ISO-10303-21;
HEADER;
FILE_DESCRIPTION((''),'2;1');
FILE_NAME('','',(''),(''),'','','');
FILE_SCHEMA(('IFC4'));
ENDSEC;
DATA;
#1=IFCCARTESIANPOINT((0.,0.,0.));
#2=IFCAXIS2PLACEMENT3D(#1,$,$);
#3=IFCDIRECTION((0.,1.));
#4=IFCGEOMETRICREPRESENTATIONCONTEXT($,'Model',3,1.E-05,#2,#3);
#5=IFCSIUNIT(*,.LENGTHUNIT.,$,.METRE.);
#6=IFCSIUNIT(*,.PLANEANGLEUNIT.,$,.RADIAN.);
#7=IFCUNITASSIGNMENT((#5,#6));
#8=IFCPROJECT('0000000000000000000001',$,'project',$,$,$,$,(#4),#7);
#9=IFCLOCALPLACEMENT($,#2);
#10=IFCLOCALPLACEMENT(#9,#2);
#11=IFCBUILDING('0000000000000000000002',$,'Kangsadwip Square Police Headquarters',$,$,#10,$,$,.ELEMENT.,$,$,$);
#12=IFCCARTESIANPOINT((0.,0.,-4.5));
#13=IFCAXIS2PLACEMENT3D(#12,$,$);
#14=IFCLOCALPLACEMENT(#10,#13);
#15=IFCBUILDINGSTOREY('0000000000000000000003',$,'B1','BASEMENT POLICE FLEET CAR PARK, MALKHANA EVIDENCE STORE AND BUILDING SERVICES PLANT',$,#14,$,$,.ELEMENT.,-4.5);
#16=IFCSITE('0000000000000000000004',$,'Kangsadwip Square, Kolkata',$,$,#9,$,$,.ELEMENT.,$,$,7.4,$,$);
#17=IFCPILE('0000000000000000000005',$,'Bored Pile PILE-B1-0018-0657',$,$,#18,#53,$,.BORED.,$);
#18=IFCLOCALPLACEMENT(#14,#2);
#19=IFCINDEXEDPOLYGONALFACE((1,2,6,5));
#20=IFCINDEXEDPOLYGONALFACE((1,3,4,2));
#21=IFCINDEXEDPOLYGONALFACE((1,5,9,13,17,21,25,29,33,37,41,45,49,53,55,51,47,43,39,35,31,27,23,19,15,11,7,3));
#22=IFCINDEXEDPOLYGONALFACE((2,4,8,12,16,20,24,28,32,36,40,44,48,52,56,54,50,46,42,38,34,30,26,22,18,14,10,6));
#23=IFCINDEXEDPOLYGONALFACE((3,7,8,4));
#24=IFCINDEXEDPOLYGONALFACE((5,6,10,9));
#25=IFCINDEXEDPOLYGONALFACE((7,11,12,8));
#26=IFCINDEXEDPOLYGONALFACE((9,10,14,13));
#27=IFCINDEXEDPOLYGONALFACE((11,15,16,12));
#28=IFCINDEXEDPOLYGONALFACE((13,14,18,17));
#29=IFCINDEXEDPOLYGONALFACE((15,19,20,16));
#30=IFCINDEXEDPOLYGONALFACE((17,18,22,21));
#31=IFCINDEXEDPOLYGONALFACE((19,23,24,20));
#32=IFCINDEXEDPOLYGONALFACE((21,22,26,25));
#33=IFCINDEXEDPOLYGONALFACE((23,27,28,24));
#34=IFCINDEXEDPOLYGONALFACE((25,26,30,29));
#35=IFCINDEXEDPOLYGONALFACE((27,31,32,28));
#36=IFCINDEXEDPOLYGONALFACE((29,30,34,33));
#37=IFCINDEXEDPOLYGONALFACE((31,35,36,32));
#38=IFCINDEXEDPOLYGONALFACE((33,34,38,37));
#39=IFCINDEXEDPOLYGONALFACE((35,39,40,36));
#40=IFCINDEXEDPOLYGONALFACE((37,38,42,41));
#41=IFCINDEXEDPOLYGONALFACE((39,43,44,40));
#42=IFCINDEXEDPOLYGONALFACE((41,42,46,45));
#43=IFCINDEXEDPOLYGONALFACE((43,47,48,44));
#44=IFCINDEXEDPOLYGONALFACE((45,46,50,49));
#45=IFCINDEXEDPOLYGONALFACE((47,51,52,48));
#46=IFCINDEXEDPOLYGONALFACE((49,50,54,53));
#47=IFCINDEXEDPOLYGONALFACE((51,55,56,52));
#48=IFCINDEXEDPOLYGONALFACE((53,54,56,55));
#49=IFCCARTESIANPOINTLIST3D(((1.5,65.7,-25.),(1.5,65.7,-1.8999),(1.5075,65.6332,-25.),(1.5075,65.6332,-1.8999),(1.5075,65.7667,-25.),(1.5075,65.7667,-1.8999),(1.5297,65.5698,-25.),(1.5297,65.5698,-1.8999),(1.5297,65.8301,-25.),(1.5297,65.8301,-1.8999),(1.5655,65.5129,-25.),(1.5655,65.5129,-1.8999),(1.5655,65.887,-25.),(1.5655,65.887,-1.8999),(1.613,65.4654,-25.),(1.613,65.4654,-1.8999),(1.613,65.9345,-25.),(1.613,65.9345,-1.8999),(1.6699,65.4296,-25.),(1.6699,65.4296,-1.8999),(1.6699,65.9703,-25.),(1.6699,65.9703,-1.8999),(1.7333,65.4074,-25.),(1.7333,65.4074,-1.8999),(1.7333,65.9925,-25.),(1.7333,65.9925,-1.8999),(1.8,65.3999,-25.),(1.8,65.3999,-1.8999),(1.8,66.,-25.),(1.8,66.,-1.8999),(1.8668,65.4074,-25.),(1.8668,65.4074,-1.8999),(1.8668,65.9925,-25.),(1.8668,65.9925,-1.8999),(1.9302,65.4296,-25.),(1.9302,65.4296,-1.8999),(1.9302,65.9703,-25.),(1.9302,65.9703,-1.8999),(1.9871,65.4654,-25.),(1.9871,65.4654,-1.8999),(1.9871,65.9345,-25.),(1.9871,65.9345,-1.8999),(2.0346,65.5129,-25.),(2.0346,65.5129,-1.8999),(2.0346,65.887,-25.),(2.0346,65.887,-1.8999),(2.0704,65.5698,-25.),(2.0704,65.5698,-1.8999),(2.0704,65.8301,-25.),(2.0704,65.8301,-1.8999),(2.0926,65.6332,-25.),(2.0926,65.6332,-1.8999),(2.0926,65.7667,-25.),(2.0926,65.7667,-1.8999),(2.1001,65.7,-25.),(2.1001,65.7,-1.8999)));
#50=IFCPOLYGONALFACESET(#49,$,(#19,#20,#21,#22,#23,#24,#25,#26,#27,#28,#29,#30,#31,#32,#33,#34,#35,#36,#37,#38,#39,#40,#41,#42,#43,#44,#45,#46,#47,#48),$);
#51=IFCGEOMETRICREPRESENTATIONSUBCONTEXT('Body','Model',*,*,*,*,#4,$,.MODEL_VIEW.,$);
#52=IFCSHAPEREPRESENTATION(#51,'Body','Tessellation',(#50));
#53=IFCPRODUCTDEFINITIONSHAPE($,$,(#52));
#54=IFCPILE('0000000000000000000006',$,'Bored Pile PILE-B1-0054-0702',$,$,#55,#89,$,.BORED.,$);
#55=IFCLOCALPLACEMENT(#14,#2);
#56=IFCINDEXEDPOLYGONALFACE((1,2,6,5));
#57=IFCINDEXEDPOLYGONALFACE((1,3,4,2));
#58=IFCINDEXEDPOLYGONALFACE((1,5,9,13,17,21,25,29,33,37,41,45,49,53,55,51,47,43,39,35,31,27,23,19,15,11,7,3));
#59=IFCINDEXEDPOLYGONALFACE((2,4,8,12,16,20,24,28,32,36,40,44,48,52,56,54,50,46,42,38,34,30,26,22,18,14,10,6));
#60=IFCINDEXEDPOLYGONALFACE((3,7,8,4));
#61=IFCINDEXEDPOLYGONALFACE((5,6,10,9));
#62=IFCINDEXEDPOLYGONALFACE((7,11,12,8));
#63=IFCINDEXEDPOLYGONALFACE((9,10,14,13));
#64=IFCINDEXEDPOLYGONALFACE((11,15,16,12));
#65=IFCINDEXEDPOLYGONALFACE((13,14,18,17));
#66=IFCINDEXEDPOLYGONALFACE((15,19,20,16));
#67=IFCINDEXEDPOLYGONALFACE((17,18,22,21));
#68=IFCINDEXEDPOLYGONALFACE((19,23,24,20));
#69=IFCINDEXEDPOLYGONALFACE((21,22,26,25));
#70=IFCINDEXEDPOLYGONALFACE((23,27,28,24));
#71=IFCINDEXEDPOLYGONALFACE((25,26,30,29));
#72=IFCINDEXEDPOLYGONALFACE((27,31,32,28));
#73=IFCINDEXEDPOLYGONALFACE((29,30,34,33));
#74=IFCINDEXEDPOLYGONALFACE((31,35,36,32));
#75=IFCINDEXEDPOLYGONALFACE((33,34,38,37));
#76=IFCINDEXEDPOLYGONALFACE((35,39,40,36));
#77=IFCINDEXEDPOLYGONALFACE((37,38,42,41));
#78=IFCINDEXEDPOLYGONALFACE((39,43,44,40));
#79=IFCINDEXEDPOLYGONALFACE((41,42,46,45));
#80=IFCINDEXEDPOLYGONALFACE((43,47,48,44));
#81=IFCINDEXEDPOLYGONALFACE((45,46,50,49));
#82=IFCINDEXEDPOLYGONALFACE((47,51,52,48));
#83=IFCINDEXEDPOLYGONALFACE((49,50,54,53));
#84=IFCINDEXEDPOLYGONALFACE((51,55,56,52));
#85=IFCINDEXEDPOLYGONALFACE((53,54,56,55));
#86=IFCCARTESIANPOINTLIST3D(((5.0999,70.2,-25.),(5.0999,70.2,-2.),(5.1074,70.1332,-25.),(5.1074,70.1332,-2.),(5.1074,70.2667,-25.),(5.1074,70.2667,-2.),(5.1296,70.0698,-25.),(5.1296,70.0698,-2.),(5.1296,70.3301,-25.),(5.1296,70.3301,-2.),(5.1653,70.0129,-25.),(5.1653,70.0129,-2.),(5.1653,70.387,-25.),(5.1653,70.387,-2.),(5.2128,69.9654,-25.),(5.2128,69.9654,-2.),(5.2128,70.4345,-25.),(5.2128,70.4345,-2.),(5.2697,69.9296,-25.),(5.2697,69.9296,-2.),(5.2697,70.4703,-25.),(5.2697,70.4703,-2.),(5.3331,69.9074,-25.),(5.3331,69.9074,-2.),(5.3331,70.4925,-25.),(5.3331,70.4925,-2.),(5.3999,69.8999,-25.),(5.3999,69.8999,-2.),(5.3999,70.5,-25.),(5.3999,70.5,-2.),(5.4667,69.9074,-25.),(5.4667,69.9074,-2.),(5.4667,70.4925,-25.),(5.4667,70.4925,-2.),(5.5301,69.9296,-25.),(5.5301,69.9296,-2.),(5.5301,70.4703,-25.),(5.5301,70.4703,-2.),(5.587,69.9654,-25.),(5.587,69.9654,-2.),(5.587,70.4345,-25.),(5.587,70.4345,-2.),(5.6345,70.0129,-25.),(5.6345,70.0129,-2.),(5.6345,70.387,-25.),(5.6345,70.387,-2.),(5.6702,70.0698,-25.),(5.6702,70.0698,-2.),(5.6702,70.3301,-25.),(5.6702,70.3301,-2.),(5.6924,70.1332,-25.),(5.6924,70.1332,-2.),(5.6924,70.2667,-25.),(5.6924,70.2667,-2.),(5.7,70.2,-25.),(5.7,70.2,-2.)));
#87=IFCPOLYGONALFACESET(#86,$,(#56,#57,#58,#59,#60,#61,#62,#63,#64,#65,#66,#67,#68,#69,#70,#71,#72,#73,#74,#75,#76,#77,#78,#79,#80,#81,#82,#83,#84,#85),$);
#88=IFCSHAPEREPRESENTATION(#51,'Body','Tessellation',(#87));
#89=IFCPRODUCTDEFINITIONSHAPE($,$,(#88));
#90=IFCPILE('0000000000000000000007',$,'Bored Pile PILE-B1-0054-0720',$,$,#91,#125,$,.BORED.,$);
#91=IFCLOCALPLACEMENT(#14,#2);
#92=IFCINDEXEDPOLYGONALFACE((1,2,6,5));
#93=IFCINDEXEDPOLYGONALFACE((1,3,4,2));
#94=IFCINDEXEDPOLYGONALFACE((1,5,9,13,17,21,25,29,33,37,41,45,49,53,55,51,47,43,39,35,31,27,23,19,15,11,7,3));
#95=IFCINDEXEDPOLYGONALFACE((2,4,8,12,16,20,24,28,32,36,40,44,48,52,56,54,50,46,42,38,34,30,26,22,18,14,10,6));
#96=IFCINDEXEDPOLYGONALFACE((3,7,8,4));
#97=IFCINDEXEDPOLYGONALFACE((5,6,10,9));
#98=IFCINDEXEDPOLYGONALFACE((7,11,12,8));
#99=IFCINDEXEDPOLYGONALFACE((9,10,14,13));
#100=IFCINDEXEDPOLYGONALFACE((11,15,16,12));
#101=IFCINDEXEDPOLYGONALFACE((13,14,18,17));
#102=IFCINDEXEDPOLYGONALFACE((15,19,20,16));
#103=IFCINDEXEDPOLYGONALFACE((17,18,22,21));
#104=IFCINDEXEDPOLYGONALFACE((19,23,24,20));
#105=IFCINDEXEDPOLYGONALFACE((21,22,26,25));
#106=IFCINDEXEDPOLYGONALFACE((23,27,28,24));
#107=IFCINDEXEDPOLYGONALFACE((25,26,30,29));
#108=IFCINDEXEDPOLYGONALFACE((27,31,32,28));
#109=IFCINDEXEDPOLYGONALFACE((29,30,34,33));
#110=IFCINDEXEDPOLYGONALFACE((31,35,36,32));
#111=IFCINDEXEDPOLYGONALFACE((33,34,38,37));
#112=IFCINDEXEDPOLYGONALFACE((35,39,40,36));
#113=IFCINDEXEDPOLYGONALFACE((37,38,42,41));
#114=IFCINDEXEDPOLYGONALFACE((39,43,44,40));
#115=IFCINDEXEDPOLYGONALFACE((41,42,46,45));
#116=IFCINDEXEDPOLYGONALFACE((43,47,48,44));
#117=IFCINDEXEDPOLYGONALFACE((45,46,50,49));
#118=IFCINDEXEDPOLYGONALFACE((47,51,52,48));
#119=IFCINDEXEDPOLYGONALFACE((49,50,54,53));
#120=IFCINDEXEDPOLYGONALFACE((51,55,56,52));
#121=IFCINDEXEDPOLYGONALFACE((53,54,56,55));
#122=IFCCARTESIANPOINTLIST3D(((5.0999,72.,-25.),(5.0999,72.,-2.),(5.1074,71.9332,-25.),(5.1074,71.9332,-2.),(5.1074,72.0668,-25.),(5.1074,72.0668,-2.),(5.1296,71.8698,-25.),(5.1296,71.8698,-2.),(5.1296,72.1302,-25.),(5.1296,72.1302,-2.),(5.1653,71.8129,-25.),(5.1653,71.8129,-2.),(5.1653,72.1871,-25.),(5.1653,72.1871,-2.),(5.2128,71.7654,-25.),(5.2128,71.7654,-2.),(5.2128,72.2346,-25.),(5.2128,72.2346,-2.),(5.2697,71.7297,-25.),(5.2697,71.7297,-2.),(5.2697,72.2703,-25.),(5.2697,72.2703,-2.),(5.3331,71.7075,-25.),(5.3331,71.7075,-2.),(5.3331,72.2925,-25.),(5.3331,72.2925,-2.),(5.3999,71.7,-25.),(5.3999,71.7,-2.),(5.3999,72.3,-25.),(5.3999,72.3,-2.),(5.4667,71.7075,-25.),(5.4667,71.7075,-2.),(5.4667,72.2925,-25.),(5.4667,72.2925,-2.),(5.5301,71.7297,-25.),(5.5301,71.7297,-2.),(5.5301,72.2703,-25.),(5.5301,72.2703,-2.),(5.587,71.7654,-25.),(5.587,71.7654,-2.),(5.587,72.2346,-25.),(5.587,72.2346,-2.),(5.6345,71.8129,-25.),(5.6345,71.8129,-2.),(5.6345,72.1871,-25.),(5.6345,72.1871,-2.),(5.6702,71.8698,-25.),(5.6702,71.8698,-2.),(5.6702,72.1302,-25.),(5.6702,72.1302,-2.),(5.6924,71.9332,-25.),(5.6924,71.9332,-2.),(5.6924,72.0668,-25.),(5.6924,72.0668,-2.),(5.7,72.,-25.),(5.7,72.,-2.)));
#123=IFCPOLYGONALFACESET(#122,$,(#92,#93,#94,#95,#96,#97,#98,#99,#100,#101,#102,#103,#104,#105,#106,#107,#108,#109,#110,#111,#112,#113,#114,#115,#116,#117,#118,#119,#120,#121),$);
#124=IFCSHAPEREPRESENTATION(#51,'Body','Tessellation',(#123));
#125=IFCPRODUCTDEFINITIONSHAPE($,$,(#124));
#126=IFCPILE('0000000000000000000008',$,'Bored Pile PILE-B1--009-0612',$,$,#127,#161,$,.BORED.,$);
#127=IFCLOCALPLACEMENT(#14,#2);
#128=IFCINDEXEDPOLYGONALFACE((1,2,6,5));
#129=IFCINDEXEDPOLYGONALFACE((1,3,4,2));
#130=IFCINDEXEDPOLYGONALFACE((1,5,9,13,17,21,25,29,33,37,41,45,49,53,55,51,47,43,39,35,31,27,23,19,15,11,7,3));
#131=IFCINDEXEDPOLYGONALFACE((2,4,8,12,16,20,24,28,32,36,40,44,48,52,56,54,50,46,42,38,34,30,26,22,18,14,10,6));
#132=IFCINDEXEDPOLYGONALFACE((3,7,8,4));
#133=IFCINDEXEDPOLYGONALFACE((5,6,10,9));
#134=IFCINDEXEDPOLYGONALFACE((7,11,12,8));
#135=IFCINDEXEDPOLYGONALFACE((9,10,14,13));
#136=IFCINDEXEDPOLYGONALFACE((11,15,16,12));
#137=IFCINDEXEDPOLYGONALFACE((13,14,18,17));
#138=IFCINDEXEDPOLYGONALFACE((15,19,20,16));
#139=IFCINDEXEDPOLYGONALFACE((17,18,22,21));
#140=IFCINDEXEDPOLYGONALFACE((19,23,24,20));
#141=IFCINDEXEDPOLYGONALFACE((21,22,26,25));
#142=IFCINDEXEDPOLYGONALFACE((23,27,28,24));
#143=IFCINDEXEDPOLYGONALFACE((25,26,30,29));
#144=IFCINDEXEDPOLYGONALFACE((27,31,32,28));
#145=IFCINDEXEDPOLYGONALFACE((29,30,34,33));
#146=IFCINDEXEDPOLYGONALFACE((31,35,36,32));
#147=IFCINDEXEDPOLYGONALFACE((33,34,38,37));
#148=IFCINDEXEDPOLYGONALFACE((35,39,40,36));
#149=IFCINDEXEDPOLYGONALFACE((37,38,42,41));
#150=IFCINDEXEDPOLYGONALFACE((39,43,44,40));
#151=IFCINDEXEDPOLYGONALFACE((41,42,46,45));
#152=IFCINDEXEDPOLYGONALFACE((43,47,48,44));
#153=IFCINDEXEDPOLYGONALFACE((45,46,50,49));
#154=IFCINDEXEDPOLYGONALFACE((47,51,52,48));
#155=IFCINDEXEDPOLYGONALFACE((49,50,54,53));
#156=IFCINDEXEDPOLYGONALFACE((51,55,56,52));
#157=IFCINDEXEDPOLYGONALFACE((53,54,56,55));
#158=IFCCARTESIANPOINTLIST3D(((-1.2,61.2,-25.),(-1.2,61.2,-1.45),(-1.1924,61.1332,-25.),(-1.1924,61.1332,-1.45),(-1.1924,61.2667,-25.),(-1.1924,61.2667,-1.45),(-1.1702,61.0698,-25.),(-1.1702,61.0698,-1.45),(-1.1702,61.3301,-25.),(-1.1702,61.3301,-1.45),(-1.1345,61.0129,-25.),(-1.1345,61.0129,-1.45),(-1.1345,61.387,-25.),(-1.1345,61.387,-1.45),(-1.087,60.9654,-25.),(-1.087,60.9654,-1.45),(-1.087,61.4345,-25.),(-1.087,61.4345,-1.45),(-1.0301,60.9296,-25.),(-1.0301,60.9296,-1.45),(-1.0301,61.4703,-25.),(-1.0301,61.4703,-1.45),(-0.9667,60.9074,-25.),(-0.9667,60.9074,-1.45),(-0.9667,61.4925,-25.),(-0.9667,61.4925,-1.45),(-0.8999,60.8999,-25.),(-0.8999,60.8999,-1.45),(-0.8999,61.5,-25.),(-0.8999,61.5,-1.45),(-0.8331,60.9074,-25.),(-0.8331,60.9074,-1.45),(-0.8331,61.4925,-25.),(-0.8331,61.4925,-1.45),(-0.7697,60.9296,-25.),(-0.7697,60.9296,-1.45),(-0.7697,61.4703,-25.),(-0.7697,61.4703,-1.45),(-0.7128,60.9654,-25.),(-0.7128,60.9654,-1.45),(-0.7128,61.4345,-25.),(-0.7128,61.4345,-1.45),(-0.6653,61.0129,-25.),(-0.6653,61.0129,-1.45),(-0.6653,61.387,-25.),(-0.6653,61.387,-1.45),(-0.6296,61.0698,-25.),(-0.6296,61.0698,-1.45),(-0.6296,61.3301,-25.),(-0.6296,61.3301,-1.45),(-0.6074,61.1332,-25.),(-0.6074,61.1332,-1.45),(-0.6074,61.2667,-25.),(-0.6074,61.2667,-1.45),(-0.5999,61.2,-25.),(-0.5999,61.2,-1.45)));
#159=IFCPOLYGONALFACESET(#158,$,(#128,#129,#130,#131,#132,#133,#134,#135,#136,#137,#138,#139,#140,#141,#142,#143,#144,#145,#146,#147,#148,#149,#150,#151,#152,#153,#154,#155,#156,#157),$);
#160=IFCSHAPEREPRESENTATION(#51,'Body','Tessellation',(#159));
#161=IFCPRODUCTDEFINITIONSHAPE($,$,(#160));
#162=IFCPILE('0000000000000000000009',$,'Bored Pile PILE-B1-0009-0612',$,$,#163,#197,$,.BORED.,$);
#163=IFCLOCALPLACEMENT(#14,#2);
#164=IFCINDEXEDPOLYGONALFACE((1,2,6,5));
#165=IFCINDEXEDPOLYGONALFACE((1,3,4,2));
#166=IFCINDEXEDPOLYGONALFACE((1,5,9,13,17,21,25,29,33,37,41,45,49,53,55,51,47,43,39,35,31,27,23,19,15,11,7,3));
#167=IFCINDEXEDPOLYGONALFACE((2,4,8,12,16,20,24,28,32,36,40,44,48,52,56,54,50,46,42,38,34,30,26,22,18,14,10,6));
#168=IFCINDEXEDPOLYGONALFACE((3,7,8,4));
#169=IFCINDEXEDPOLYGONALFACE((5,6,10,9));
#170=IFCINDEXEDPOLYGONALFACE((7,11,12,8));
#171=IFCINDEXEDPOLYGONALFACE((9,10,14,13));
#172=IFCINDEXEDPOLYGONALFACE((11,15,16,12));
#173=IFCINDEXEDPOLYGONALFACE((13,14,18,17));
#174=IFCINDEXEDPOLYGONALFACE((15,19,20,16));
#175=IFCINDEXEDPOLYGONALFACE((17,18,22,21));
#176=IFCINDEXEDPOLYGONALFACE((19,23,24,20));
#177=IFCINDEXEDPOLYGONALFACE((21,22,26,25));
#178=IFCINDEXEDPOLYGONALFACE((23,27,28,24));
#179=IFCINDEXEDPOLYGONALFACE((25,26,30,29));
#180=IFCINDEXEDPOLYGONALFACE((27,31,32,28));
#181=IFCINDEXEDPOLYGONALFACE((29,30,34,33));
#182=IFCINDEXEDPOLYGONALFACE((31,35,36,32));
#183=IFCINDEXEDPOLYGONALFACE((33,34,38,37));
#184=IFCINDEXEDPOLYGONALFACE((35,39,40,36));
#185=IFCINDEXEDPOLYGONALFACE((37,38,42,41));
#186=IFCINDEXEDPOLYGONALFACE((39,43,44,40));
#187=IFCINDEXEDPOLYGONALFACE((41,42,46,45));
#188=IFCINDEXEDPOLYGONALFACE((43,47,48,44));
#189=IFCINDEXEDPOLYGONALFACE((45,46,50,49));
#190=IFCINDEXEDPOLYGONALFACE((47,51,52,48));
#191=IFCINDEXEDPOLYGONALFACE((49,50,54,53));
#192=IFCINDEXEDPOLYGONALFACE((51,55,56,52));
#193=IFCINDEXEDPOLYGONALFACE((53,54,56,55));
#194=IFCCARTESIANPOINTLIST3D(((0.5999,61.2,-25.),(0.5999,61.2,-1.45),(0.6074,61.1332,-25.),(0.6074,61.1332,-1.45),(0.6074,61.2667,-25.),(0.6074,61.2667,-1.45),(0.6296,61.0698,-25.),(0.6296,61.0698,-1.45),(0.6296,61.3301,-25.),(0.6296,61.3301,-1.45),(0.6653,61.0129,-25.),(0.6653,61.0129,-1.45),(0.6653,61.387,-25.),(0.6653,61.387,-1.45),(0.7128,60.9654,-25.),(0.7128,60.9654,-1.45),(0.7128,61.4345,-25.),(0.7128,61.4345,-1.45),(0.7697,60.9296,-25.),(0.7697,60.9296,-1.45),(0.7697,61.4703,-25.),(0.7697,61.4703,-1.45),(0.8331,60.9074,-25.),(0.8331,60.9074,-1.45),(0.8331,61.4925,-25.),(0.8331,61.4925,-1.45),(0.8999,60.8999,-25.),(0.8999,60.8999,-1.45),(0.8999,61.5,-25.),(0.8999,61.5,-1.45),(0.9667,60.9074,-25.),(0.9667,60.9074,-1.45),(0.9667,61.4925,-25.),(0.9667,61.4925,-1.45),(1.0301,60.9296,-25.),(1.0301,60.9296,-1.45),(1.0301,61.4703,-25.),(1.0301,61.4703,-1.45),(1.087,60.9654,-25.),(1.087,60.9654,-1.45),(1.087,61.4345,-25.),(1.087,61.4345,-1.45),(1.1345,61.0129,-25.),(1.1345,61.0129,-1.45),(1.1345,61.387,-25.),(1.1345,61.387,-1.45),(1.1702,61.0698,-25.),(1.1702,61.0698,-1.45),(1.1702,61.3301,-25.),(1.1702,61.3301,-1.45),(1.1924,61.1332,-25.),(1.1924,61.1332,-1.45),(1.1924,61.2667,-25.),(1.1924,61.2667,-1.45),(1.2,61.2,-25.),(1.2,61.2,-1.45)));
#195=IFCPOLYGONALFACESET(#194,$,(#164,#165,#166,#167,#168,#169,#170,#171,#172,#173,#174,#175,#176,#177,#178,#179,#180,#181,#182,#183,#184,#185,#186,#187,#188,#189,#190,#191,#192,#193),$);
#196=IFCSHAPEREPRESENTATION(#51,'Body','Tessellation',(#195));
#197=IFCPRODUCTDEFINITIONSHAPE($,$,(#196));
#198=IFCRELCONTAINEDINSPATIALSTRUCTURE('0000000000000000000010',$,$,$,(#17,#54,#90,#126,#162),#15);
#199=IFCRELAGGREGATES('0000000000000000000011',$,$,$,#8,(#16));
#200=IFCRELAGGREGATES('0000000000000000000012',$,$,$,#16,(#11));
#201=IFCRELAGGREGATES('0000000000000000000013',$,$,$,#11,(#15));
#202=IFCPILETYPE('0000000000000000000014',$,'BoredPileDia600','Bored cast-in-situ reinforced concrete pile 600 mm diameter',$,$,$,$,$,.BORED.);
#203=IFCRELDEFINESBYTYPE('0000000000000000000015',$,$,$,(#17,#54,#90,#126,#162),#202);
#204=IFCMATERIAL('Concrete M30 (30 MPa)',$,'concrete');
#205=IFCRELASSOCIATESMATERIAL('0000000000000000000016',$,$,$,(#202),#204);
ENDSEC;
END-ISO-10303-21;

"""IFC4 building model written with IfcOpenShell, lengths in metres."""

from ifc_helpers import new_model, si_unit, direction, frame, origin, origin_2d, place, context, subcontext, project, spatial, circle, extrude, material, material_profile, profile_set, type_object, element, save


model = new_model("IFC4")

# Units and contexts
model_context = context("Model", 3, precision=1e-05, world=origin(), true_north=direction((0.0, 1.0)))
body_context = subcontext(model_context, "Body", "Model", "MODEL_VIEW")
ifc_project = project(units=[si_unit("LENGTHUNIT", "METRE"), si_unit("PLANEANGLEUNIT", "RADIAN")], contexts=[model_context])

# Site, building, storey
site_placement = place(None, origin())
site = spatial("IfcSite", under=ifc_project, at=site_placement, Name="Kangsadwip Square, Kolkata", CompositionType="ELEMENT", RefElevation=7.4)
building_placement = place(site_placement, origin())
building = spatial("IfcBuilding", under=site, at=building_placement, Name="Kangsadwip Square Police Headquarters", CompositionType="ELEMENT")
storey_placement = place(building_placement, frame((0.0, 0.0, -4.5)))
storey = spatial("IfcBuildingStorey", under=building, at=storey_placement, Name="B1", Description="BASEMENT POLICE FLEET CAR PARK, MALKHANA EVIDENCE STORE AND BUILDING SERVICES PLANT", CompositionType="ELEMENT", Elevation=-4.5)

# Piles
ifc_material_1 = material(Name="Concrete M30 (30 MPa)", Category="concrete")
ifc_material_profile_1 = material_profile(ifc_material_1, circle(Radius=0.3, at=origin_2d()), Name="PILE DIA 600")
ifc_profile_set_1 = profile_set([ifc_material_profile_1], Name="Concrete M30 (30 MPa)")
pile_type_1 = type_object("IfcPileType", Name="BoredPileDia600", Description="Bored cast-in-situ reinforced concrete pile 600 mm diameter", PredefinedType="BORED", material=ifc_profile_set_1)
for number, where, z_axis, x_axis, name in (
    (1, (1.8, 65.7, -1.8999), (0.0, 0.0, -1.0), (1.0, 0.0, 0.0), "Bored Pile PILE-B1-0018-0657"),
):
    element("IfcPile", number, at=place(storey_placement, frame(where, z_axis=z_axis, x_axis=x_axis)), inside=storey, type_object=pile_type_1, Name=name, PredefinedType="BORED", context=body_context, shape_type="SweptSolid", body=[
        extrude(circle(Radius=0.3, at=origin_2d()), origin(), (0.0, 0.0, 1.0), 23.1001),
    ])
for number, where, z_axis, x_axis, name in (
    (2, (5.3999, 70.2, -2.0), (0.0, 0.0, -1.0), (1.0, 0.0, 0.0), "Bored Pile PILE-B1-0054-0702"),
    (3, (5.3999, 72.0, -2.0), (0.0, 0.0, -1.0), (1.0, 0.0, 0.0), "Bored Pile PILE-B1-0054-0720"),
):
    element("IfcPile", number, at=place(storey_placement, frame(where, z_axis=z_axis, x_axis=x_axis)), inside=storey, type_object=pile_type_1, Name=name, PredefinedType="BORED", context=body_context, shape_type="SweptSolid", body=[
        extrude(circle(Radius=0.3, at=origin_2d()), origin(), (0.0, 0.0, 1.0), 23.0),
    ])
for number, where, z_axis, x_axis, name in (
    (4, (-0.8999, 61.2, -1.45), (0.0, 0.0, -1.0), (1.0, 0.0, 0.0), "Bored Pile PILE-B1--009-0612"),
    (5, (0.8999, 61.2, -1.45), (0.0, 0.0, -1.0), (1.0, 0.0, 0.0), "Bored Pile PILE-B1-0009-0612"),
):
    element("IfcPile", number, at=place(storey_placement, frame(where, z_axis=z_axis, x_axis=x_axis)), inside=storey, type_object=pile_type_1, Name=name, PredefinedType="BORED", context=body_context, shape_type="SweptSolid", body=[
        extrude(circle(Radius=0.3, at=origin_2d()), origin(), (0.0, 0.0, 1.0), 23.55),
    ])

save(model, "model.ifc")
